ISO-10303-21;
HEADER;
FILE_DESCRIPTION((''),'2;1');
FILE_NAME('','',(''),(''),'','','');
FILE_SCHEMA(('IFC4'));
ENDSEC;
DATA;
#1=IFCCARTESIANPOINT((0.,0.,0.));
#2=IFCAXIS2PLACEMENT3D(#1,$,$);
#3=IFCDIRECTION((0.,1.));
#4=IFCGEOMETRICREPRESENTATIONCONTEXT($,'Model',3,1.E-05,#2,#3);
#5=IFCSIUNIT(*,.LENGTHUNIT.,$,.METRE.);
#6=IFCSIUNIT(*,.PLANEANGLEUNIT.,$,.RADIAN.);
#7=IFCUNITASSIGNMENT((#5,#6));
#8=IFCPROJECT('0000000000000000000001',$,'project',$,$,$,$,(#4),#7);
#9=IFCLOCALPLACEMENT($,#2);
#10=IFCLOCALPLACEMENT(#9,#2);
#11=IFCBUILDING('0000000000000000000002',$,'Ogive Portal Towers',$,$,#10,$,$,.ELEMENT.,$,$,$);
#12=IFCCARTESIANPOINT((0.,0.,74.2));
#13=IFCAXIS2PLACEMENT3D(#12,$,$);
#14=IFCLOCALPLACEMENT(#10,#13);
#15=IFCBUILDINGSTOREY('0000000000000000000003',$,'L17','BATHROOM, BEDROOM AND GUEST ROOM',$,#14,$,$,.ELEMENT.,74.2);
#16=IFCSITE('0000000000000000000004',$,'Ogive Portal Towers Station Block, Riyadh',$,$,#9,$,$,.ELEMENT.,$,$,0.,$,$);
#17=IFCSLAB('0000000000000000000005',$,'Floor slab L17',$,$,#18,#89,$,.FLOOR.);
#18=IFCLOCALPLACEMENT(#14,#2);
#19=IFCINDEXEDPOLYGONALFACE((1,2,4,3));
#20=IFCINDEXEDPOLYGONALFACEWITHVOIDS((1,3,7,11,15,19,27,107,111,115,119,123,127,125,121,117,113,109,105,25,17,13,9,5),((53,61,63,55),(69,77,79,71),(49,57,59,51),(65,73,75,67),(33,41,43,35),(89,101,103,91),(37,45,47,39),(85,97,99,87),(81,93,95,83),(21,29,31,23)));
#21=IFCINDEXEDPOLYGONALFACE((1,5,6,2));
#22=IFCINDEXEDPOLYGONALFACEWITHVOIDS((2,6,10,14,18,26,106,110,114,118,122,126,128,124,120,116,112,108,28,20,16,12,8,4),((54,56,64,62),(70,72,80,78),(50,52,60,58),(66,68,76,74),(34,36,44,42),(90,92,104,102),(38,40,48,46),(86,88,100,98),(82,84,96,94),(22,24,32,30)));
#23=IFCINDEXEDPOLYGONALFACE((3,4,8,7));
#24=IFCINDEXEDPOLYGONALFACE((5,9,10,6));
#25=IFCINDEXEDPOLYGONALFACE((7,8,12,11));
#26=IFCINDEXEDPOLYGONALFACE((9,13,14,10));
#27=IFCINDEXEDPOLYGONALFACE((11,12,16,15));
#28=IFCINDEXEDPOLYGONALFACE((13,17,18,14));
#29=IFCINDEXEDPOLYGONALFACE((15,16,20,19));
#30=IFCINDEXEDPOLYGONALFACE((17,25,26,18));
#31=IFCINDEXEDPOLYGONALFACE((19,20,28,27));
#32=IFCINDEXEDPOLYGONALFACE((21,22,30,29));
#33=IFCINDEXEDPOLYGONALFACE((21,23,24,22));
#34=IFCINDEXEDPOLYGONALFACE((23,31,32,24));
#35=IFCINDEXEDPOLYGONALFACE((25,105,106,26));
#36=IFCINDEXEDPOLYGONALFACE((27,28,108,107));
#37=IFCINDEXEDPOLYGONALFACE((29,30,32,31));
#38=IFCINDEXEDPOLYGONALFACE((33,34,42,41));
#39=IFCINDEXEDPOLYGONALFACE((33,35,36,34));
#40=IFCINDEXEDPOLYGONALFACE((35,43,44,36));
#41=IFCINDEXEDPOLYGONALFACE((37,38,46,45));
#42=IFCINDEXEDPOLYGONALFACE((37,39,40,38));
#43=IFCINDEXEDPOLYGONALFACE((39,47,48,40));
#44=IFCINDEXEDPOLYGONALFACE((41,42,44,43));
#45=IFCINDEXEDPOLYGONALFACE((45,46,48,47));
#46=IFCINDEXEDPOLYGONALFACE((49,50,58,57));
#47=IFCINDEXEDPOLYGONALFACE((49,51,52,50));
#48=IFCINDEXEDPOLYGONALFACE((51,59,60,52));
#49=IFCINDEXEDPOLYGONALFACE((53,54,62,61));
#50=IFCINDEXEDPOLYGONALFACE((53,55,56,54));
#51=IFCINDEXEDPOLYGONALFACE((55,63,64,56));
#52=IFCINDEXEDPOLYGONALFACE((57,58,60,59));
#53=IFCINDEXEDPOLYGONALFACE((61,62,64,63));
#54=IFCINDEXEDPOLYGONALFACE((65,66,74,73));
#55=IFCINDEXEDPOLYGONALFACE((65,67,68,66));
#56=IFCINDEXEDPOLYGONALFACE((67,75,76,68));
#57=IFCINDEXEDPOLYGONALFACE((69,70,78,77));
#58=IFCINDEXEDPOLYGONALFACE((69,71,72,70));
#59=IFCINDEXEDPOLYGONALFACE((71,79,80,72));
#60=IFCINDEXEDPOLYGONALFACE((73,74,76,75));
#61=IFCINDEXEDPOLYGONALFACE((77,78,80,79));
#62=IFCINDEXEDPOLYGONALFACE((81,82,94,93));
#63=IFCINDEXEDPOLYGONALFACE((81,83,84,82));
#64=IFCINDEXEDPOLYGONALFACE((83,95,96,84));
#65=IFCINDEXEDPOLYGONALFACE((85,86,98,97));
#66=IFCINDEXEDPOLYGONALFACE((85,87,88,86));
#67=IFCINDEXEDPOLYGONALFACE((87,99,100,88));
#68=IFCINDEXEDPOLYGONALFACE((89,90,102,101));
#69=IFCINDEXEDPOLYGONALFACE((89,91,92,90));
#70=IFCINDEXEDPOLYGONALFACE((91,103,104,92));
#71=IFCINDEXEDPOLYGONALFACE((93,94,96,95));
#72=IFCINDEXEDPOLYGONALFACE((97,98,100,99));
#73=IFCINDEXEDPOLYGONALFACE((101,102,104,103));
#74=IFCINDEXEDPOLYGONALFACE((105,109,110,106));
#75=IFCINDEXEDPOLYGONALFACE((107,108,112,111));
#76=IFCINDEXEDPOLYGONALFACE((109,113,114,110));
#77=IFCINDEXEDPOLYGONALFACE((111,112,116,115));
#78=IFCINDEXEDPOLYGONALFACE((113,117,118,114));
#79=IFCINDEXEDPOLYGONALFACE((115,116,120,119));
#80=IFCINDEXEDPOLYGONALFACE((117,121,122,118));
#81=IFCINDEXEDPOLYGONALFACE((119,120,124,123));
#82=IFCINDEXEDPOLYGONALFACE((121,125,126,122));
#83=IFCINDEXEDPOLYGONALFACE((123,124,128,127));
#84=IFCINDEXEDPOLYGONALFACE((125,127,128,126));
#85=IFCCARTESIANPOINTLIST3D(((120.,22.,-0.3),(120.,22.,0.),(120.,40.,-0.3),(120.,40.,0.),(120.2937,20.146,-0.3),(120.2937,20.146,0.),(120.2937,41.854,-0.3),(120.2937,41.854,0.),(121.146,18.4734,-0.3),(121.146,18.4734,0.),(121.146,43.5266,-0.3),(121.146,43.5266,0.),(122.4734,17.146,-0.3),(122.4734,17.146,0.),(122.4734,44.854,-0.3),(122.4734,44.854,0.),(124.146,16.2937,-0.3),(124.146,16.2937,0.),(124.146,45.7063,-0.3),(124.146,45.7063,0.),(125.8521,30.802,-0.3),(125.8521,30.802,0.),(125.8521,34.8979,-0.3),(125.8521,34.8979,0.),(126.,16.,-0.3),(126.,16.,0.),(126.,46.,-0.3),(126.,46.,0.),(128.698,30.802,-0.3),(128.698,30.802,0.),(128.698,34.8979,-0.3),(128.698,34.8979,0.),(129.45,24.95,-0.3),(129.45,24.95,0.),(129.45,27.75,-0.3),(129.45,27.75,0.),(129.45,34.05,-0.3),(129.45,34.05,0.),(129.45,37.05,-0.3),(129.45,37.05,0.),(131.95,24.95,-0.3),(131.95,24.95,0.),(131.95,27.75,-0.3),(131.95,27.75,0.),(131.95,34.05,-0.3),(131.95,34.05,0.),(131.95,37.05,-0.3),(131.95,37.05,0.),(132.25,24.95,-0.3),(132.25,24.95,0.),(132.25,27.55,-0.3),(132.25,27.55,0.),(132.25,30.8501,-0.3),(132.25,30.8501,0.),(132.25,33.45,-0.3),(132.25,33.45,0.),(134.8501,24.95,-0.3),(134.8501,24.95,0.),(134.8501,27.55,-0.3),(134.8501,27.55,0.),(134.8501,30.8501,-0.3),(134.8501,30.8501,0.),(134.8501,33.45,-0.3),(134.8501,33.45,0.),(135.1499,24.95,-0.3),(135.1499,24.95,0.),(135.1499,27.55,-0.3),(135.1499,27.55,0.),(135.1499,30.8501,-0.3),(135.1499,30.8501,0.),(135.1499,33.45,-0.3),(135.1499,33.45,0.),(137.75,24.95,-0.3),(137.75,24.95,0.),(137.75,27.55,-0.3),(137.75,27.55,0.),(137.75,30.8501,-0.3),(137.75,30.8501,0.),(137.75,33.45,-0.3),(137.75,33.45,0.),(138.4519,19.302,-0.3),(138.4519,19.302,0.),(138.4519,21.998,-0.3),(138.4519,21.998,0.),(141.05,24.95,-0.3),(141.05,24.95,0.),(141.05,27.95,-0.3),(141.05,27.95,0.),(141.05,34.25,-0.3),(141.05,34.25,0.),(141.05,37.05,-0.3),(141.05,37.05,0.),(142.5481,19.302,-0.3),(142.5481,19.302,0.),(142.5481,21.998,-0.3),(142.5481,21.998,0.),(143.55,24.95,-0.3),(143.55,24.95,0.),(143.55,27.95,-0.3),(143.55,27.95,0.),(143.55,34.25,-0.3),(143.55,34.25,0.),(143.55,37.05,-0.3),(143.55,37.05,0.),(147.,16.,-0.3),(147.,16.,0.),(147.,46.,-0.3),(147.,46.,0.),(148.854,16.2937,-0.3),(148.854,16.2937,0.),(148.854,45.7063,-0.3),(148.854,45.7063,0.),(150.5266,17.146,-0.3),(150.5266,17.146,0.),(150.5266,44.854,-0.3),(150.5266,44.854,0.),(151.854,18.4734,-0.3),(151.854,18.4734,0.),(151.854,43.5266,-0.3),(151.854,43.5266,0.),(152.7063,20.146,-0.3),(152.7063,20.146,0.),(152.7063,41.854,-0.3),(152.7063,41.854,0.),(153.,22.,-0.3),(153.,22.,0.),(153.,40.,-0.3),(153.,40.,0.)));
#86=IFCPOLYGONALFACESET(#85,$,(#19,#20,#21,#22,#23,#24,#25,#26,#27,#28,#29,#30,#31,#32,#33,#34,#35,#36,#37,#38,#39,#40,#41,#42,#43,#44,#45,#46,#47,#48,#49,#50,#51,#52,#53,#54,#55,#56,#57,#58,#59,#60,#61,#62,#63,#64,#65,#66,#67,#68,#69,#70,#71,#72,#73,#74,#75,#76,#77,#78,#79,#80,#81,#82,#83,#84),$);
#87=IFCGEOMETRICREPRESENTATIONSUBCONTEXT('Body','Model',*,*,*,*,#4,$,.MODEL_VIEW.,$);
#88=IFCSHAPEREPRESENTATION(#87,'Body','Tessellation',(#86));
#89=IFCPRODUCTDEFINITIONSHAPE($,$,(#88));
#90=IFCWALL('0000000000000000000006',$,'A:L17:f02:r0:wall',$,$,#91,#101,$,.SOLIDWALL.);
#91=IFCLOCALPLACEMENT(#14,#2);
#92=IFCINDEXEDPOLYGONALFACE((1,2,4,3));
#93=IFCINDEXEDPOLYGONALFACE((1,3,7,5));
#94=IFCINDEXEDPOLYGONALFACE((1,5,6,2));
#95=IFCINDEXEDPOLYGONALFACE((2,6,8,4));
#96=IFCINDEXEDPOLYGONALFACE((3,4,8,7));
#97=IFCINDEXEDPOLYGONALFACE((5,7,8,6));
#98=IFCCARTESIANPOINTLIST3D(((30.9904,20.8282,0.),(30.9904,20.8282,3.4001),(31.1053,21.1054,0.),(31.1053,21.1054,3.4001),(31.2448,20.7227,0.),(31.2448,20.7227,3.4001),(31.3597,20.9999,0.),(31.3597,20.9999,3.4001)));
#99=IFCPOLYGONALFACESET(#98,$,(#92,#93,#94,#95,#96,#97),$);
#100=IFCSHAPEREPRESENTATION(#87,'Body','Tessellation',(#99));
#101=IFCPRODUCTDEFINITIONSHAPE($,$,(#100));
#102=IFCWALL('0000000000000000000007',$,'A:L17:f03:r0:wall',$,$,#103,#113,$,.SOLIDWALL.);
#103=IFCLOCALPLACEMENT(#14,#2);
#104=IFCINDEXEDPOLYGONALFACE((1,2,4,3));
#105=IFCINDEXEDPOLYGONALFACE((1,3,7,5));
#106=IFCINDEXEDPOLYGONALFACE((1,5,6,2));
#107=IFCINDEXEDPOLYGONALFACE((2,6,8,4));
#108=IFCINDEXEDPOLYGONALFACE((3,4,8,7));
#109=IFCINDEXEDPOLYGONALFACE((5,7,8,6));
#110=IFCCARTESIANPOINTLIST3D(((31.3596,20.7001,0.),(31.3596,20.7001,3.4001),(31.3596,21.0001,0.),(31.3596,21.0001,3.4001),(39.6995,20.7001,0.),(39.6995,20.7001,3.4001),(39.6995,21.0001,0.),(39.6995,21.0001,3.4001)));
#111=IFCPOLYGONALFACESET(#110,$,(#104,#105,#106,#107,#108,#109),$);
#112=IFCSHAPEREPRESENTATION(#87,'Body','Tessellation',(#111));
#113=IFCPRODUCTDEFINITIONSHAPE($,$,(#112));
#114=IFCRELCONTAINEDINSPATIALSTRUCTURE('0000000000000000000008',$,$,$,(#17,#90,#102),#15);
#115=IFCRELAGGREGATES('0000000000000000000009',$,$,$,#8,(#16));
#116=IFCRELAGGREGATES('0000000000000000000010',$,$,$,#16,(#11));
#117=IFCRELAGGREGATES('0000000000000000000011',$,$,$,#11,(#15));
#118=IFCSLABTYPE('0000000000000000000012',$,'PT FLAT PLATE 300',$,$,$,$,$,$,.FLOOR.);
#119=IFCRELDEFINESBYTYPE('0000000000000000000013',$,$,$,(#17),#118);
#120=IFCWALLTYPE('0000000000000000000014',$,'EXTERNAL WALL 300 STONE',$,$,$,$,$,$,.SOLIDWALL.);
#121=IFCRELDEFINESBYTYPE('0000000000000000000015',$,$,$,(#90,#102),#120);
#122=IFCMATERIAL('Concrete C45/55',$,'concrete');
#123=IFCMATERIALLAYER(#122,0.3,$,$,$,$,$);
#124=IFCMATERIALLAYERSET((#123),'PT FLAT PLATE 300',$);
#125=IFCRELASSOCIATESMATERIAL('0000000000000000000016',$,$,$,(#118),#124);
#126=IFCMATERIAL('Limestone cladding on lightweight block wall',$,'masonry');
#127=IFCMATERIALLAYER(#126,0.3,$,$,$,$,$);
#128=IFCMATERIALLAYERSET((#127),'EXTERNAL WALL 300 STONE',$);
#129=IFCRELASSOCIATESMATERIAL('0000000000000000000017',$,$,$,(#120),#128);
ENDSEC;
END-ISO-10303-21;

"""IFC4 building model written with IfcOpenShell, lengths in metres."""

from ifc_helpers import new_model, si_unit, direction, frame, frame_2d, origin, place, context, subcontext, project, spatial, polyline, rectangle, outline, extrude, material, layer, layer_set, type_object, element, save


model = new_model("IFC4")

# Units and contexts
model_context = context("Model", 3, precision=1e-05, world=origin(), true_north=direction((0.0, 1.0)))
body_context = subcontext(model_context, "Body", "Model", "MODEL_VIEW")
ifc_project = project(units=[si_unit("LENGTHUNIT", "METRE"), si_unit("PLANEANGLEUNIT", "RADIAN")], contexts=[model_context])

# Site, building, storey
site_placement = place(None, origin())
site = spatial("IfcSite", under=ifc_project, at=site_placement, Name="Ogive Portal Towers Station Block, Riyadh", CompositionType="ELEMENT", RefElevation=0.0)
building_placement = place(site_placement, origin())
building = spatial("IfcBuilding", under=site, at=building_placement, Name="Ogive Portal Towers", CompositionType="ELEMENT")
storey_placement = place(building_placement, frame((0.0, 0.0, 74.2)))
storey = spatial("IfcBuildingStorey", under=building, at=storey_placement, Name="L17", Description="BATHROOM, BEDROOM AND GUEST ROOM", CompositionType="ELEMENT", Elevation=74.2)

# Slab
ifc_material_1 = material(Name="Concrete C45/55", Category="concrete")
ifc_layer_1 = layer(ifc_material_1, 0.3)
ifc_layer_set_1 = layer_set([ifc_layer_1], Name="PT FLAT PLATE 300")
slab_type_1 = type_object("IfcSlabType", Name="PT FLAT PLATE 300", PredefinedType="FLOOR", material=ifc_layer_set_1)
slab_1_placement = place(storey_placement, frame((0.0, 0.0, -0.3)))
element("IfcSlab", 1, at=slab_1_placement, inside=storey, type_object=slab_type_1, Name="Floor slab L17", PredefinedType="FLOOR", context=body_context, shape_type="SweptSolid", body=[
    extrude(outline(polyline([(120.0, 40.0), (120.0, 22.0), (120.2937, 20.146), (121.146, 18.4734), (122.4734, 17.146), (124.146, 16.2937), (126.0, 16.0), (147.0, 16.0), (148.854, 16.2937), (150.5266, 17.146), (151.854, 18.4734), (152.7063, 20.146), (153.0, 22.0), (153.0, 40.0), (152.7063, 41.854), (151.854, 43.5266), (150.5266, 44.854), (148.854, 45.7063), (147.0, 46.0), (126.0, 46.0), (124.146, 45.7063), (122.4734, 44.854), (121.146, 43.5266), (120.2937, 41.854), (120.0, 40.0)]), holes=[polyline([(131.95, 27.75), (131.95, 24.95), (129.45, 24.95), (129.45, 27.75), (131.95, 27.75)]), polyline([(128.698, 34.8979), (128.698, 30.802), (125.8521, 30.802), (125.8521, 34.8979), (128.698, 34.8979)]), polyline([(131.95, 37.05), (131.95, 34.05), (129.45, 34.05), (129.45, 37.05), (131.95, 37.05)]), polyline([(138.4519, 21.998), (142.5481, 21.998), (142.5481, 19.302), (138.4519, 19.302), (138.4519, 21.998)]), polyline([(134.8501, 27.55), (134.8501, 24.95), (132.25, 24.95), (132.25, 27.55), (134.8501, 27.55)]), polyline([(137.75, 27.55), (137.75, 24.95), (135.1499, 24.95), (135.1499, 27.55), (137.75, 27.55)]), polyline([(143.55, 27.95), (143.55, 24.95), (141.05, 24.95), (141.05, 27.95), (143.55, 27.95)]), polyline([(134.8501, 33.45), (134.8501, 30.8501), (132.25, 30.8501), (132.25, 33.45), (134.8501, 33.45)]), polyline([(137.75, 33.45), (137.75, 30.8501), (135.1499, 30.8501), (135.1499, 33.45), (137.75, 33.45)]), polyline([(141.05, 37.05), (143.55, 37.05), (143.55, 34.25), (141.05, 34.25), (141.05, 37.05)])]), origin(), (0.0, 0.0, 1.0), 0.3),
])

# Walls
ifc_material_2 = material(Name="Limestone cladding on lightweight block wall", Category="masonry")
ifc_layer_2 = layer(ifc_material_2, 0.3)
ifc_layer_set_2 = layer_set([ifc_layer_2], Name="EXTERNAL WALL 300 STONE")
wall_type = type_object("IfcWallType", Name="EXTERNAL WALL 300 STONE", PredefinedType="SOLIDWALL", material=ifc_layer_set_2)
wall_1_placement = place(storey_placement, frame((31.0479, 20.9668, 0.0), z_axis=(0.0, 0.0, 1.0), x_axis=(0.923757, -0.382978, 0.0)))
element("IfcWall", 2, at=wall_1_placement, inside=storey, type_object=wall_type, Name="A:L17:f02:r0:wall", PredefinedType="SOLIDWALL", context=body_context, shape_type="SweptSolid", body=[
    extrude(rectangle(XDim=0.2754, YDim=0.3, at=frame_2d((0.1377, 0.0))), origin(), (0.0, 0.0, 1.0), 3.4001),
])
wall_2_placement = place(storey_placement, frame((31.3596, 20.8501, 0.0), z_axis=(0.0, 0.0, 1.0), x_axis=(1.0, 0.0, 0.0)))
element("IfcWall", 3, at=wall_2_placement, inside=storey, type_object=wall_type, Name="A:L17:f03:r0:wall", PredefinedType="SOLIDWALL", context=body_context, shape_type="SweptSolid", body=[
    extrude(rectangle(XDim=8.3398, YDim=0.3, at=frame_2d((4.1699, 0.0))), origin(), (0.0, 0.0, 1.0), 3.4001),
])

save(model, "model.ifc")
